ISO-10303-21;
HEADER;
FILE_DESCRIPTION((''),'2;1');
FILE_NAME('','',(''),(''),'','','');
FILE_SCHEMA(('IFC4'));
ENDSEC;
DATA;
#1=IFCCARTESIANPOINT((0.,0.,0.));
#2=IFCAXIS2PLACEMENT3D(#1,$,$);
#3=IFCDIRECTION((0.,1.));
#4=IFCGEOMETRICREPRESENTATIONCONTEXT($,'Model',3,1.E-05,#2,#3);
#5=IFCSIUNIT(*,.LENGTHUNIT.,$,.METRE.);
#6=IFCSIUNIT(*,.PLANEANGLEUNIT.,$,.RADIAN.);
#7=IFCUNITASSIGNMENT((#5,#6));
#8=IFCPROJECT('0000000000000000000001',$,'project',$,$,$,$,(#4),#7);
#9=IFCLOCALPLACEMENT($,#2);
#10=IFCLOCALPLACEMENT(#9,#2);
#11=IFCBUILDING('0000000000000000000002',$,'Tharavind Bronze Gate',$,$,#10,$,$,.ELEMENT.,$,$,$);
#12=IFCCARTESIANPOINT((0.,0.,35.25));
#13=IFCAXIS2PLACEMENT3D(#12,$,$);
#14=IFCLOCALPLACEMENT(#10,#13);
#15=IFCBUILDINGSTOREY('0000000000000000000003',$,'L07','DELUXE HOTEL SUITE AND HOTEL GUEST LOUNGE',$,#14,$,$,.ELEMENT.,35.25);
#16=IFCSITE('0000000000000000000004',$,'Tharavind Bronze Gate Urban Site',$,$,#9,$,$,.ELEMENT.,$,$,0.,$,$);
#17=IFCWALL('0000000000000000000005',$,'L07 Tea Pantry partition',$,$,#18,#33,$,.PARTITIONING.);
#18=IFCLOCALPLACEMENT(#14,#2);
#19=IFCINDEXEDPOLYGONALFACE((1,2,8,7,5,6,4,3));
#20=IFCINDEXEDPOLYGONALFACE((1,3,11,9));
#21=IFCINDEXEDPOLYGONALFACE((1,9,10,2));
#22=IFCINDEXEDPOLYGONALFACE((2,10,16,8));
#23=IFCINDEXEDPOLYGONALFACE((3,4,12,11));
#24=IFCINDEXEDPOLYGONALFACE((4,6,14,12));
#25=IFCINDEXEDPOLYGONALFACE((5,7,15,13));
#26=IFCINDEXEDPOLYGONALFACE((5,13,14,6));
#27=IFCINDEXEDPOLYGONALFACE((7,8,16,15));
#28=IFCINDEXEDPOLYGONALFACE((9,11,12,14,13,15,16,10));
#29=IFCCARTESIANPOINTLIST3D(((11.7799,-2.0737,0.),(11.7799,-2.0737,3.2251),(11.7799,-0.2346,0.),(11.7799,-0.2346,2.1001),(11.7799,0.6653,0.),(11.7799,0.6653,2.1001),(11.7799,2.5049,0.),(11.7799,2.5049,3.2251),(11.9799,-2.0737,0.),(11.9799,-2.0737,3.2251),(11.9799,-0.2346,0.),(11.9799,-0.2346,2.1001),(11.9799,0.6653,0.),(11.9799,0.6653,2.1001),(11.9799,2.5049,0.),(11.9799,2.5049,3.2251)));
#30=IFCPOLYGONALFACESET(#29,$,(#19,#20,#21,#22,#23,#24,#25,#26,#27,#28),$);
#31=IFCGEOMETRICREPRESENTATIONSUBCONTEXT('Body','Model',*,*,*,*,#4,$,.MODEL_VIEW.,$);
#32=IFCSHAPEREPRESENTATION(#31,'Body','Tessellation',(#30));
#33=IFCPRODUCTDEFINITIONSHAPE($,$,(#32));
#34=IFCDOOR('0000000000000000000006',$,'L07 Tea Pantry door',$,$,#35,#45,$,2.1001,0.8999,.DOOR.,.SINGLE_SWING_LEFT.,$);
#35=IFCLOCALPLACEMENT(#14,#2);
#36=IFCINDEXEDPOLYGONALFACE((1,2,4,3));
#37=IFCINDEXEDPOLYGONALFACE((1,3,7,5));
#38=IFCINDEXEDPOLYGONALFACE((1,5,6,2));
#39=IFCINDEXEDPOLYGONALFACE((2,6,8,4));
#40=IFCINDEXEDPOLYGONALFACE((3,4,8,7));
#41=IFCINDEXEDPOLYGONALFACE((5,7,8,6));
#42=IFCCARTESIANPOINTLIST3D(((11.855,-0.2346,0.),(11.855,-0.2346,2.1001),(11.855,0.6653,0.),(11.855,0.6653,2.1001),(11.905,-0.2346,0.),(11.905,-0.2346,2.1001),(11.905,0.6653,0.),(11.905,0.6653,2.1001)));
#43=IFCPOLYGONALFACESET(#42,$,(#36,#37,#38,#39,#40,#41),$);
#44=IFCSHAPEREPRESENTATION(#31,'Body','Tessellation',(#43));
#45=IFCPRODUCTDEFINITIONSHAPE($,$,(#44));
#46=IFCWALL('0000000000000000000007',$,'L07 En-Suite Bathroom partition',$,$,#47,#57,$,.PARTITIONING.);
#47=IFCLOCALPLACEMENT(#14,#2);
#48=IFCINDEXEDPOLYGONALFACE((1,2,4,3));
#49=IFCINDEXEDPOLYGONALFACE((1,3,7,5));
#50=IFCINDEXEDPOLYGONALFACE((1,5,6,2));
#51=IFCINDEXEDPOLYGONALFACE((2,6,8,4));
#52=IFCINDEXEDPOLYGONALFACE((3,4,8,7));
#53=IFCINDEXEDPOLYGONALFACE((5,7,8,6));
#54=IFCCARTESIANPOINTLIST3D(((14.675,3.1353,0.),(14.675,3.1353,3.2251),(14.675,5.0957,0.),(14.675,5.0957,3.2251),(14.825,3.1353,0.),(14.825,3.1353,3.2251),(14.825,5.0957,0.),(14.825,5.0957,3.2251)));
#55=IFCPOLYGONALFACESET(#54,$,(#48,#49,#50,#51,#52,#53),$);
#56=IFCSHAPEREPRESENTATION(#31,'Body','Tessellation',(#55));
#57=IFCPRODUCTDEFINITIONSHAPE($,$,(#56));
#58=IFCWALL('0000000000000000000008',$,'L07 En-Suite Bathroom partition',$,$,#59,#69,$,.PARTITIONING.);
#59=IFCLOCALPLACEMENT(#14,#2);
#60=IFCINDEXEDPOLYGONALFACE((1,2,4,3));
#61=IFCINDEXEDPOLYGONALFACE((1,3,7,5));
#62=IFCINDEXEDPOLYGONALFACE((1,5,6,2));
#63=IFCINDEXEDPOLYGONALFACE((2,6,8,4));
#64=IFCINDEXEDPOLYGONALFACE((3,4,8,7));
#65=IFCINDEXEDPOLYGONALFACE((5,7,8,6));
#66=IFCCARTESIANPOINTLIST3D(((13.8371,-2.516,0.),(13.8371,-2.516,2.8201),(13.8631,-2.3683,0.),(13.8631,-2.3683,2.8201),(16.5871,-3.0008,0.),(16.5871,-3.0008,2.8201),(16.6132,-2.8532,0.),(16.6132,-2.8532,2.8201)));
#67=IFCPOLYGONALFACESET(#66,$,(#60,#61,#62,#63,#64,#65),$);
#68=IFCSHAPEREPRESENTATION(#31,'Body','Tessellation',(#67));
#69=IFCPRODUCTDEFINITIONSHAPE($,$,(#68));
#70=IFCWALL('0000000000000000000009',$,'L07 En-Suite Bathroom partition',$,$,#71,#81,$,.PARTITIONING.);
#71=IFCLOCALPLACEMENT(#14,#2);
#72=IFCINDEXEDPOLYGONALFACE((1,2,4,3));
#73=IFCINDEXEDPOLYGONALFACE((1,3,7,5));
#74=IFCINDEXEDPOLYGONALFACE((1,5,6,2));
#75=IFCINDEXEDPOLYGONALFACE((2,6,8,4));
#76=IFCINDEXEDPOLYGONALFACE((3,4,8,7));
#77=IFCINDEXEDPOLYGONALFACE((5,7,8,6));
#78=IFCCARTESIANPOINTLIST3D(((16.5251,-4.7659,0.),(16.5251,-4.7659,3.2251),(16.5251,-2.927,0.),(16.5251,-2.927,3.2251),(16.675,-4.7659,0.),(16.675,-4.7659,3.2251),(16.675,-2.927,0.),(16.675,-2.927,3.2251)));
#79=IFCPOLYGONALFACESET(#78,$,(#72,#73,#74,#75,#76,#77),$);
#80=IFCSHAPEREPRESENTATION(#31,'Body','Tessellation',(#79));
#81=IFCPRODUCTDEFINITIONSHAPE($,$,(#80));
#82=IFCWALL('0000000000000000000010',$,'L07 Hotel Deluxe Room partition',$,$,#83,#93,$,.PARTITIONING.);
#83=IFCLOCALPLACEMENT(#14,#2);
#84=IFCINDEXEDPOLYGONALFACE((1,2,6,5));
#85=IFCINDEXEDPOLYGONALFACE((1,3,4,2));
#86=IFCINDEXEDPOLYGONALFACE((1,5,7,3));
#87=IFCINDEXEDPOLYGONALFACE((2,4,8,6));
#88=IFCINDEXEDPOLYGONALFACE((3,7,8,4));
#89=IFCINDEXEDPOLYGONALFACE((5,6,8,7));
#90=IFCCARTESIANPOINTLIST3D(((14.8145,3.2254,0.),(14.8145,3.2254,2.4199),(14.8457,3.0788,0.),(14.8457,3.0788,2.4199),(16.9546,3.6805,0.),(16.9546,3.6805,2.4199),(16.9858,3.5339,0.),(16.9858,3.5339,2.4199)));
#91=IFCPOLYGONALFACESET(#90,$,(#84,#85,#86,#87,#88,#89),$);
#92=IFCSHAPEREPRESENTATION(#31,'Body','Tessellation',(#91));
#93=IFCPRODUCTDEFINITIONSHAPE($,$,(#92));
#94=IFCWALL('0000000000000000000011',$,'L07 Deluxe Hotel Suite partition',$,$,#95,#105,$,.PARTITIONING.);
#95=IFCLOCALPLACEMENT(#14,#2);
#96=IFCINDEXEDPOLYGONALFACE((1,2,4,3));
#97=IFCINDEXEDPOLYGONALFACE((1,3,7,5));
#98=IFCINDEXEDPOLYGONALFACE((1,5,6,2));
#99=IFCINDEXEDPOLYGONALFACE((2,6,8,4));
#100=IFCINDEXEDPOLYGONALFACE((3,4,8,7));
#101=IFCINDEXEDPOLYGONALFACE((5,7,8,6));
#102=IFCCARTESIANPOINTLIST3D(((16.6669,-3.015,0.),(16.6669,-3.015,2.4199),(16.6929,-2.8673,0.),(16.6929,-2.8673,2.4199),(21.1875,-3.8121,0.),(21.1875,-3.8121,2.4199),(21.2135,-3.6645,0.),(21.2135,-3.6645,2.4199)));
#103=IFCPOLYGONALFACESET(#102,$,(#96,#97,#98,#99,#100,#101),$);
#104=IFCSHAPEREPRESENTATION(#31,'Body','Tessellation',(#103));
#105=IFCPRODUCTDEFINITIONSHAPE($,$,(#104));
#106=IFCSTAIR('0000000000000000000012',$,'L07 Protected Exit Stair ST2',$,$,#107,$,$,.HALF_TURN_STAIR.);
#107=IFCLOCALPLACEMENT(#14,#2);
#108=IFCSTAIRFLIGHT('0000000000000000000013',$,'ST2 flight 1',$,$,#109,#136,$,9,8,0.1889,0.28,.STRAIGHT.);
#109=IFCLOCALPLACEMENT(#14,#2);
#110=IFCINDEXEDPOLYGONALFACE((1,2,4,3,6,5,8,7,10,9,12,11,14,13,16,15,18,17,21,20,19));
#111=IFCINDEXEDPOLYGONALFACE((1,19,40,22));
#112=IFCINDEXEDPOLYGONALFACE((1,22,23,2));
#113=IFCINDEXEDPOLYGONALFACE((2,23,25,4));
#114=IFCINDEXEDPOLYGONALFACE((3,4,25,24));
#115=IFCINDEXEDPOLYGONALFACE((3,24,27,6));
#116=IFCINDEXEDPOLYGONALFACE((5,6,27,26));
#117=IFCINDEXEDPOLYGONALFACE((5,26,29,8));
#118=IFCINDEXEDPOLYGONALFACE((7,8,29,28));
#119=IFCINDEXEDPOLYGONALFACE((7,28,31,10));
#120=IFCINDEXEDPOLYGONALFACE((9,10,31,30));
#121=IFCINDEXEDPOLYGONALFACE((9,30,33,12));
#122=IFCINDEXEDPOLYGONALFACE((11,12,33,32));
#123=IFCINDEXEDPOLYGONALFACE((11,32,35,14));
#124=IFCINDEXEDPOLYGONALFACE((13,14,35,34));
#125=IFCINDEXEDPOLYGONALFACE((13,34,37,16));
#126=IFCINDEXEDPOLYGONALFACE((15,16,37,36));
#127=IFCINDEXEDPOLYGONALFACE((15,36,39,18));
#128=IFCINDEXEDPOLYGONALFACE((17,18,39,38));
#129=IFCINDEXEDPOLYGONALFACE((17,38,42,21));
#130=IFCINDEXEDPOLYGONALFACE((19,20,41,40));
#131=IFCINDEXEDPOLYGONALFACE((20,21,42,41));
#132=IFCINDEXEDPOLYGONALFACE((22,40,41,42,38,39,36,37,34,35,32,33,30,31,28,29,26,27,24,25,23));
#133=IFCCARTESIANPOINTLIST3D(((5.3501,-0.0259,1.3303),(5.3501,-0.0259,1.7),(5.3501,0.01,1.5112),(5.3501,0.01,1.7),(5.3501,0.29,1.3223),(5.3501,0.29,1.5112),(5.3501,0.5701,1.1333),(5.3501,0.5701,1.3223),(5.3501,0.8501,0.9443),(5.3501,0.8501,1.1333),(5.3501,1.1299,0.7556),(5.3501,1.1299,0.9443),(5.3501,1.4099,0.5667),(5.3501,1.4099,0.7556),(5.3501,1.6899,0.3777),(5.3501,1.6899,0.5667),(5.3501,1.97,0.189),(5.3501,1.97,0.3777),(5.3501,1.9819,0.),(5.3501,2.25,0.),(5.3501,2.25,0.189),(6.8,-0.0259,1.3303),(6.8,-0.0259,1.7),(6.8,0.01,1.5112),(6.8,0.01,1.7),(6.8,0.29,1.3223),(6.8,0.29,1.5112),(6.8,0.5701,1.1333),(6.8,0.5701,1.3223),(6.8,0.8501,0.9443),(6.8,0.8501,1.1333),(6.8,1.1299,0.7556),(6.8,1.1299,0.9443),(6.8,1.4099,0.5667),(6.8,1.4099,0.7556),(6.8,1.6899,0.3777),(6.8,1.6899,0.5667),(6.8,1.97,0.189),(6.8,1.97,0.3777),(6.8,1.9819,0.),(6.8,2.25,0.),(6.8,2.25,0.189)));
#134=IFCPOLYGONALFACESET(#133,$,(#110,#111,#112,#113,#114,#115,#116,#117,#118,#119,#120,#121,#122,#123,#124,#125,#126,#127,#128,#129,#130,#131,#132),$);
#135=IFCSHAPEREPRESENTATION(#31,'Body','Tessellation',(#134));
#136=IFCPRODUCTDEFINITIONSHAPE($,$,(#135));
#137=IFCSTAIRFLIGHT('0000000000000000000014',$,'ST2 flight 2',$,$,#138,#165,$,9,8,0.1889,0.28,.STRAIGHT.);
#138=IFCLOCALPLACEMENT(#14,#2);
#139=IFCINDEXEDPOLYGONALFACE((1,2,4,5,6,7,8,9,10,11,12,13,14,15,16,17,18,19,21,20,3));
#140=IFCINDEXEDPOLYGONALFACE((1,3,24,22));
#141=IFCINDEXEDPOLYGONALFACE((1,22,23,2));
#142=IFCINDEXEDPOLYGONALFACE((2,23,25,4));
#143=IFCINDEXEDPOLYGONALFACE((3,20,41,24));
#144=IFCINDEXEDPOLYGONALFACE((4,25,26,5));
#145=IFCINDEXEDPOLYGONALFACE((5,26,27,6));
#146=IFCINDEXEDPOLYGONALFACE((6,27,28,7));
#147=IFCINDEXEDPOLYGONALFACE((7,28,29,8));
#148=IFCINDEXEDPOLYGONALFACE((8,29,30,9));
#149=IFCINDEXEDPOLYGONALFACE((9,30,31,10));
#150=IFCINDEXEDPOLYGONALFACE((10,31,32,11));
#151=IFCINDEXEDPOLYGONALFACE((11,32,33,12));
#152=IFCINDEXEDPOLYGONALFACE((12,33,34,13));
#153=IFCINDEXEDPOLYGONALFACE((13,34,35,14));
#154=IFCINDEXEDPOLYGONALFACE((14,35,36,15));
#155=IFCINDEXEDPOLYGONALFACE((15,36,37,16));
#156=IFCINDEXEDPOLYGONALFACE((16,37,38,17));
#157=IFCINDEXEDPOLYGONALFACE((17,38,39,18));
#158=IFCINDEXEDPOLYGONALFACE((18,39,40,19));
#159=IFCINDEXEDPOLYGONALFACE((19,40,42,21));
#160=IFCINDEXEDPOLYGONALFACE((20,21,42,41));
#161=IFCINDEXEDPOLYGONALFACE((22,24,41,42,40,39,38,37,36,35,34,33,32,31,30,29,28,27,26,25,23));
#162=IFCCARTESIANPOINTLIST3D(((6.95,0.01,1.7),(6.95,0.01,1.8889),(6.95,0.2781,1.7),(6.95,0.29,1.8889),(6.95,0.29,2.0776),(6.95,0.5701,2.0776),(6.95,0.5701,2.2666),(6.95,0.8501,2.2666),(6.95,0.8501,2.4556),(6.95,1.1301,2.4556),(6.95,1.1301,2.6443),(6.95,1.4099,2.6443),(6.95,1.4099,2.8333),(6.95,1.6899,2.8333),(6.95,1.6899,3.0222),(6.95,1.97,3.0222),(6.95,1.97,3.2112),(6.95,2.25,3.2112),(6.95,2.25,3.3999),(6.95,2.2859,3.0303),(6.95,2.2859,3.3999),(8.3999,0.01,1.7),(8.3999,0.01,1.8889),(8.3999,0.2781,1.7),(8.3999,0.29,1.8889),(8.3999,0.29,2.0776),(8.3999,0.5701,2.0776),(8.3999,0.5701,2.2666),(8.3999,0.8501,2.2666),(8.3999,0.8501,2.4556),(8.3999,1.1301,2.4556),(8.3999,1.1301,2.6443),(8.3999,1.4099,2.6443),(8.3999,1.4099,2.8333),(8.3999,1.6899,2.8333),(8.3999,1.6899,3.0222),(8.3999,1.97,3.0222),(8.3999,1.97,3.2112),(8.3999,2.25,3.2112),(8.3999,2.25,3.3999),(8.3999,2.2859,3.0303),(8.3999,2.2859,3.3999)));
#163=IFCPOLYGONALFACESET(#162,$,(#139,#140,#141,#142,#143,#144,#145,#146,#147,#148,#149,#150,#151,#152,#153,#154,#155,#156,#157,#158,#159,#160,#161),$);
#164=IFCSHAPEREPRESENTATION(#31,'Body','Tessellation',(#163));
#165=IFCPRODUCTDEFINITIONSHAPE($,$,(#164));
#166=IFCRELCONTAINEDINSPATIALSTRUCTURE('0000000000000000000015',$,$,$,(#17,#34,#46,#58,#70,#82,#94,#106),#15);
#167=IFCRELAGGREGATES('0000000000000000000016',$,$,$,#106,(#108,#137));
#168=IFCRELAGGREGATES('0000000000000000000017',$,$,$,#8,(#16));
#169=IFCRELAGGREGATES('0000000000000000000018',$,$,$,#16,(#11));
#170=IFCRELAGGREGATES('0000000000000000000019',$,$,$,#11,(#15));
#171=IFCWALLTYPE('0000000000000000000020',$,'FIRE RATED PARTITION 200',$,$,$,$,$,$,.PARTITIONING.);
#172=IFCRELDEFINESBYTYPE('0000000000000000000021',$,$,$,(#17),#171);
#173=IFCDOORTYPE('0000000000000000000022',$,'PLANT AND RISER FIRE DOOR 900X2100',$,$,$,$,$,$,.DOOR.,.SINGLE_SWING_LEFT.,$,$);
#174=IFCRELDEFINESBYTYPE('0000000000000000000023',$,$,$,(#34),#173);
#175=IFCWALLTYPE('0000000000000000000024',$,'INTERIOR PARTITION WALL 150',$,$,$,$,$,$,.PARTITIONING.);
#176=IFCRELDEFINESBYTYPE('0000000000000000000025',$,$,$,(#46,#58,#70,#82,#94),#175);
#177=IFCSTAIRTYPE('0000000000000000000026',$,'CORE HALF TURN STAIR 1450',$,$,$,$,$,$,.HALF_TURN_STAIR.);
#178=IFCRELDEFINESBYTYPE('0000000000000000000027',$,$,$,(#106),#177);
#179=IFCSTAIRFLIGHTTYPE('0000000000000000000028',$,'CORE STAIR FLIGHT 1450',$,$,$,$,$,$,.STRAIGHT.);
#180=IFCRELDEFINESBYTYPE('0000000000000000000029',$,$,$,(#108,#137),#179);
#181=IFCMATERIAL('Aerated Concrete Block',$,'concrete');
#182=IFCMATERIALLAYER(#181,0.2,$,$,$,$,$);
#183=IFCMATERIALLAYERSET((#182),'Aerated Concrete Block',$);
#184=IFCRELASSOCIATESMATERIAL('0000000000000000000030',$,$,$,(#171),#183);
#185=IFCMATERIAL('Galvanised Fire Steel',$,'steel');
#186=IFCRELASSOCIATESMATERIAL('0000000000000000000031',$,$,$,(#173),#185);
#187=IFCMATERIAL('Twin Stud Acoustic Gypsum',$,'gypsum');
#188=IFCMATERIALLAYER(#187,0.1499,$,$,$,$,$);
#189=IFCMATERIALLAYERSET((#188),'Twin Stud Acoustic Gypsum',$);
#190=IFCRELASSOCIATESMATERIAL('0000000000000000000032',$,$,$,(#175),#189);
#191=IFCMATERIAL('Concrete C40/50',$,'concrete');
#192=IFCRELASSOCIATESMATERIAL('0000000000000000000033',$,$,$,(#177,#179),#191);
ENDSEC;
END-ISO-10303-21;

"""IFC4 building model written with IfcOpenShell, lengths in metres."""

from ifc_helpers import new_model, si_unit, direction, frame, frame_2d, origin, place, context, subcontext, project, spatial, polyline, rectangle, outline, extrude, material, layer, layer_set, type_object, element, fill, aggregate, save


model = new_model("IFC4")

# Units and contexts
model_context = context("Model", 3, precision=1e-05, world=origin(), true_north=direction((0.0, 1.0)))
body_context = subcontext(model_context, "Body", "Model", "MODEL_VIEW")
ifc_project = project(units=[si_unit("LENGTHUNIT", "METRE"), si_unit("PLANEANGLEUNIT", "RADIAN")], contexts=[model_context])

# Site, building, storey
site_placement = place(None, origin())
site = spatial("IfcSite", under=ifc_project, at=site_placement, Name="Tharavind Bronze Gate Urban Site", CompositionType="ELEMENT", RefElevation=0.0)
building_placement = place(site_placement, origin())
building = spatial("IfcBuilding", under=site, at=building_placement, Name="Tharavind Bronze Gate", CompositionType="ELEMENT")
storey_placement = place(building_placement, frame((0.0, 0.0, 35.25)))
storey = spatial("IfcBuildingStorey", under=building, at=storey_placement, Name="L07", Description="DELUXE HOTEL SUITE AND HOTEL GUEST LOUNGE", CompositionType="ELEMENT", Elevation=35.25)

# Shared definitions
ifc_material_1 = material(Name="Aerated Concrete Block", Category="concrete")
ifc_layer_1 = layer(ifc_material_1, 0.2)
ifc_layer_set_1 = layer_set([ifc_layer_1], Name="Aerated Concrete Block")
wall_type_1 = type_object("IfcWallType", Name="FIRE RATED PARTITION 200", PredefinedType="PARTITIONING", material=ifc_layer_set_1)

# Wall, opening, door
wall_1_placement = place(storey_placement, frame((11.8799, -2.0737, 0.0), z_axis=(0.0, 0.0, 1.0), x_axis=(0.0, 1.0, 0.0)))
wall_1 = element("IfcWall", 1, at=wall_1_placement, inside=storey, type_object=wall_type_1, Name="L07 Tea Pantry partition", PredefinedType="PARTITIONING", context=body_context, shape_type="SweptSolid", body=[
    extrude(rectangle(XDim=4.5786, YDim=0.2, at=frame_2d((2.2893, 0.0))), origin(), (0.0, 0.0, 1.0), 3.2251),
])
opening_1_placement = place(wall_1_placement, frame((1.8391, 0.0, 0.0)))
opening_1 = element("IfcOpeningElement", 2, at=opening_1_placement, cuts=wall_1, PredefinedType="OPENING", context=body_context, shape_type="SweptSolid", body=[
    extrude(rectangle(XDim=0.8999, YDim=2.1001, at=frame_2d((0.45, 1.05))), frame((0.0, 0.1101, 0.0), z_axis=(0.0, -1.0, 0.0), x_axis=(1.0, 0.0, 0.0)), (0.0, 0.0, 1.0), 0.22),
])
ifc_material_2 = material(Name="Galvanised Fire Steel", Category="steel")
door_type_1 = type_object("IfcDoorType", Name="PLANT AND RISER FIRE DOOR 900X2100", OperationType="SINGLE_SWING_LEFT", PredefinedType="DOOR", material=ifc_material_2)
door_1_placement = place(opening_1_placement, origin())
door_1 = element("IfcDoor", 3, at=door_1_placement, inside=storey, type_object=door_type_1, Name="L07 Tea Pantry door", OperationType="SINGLE_SWING_LEFT", OverallHeight=2.1001, OverallWidth=0.8999, PredefinedType="DOOR", context=body_context, shape_type="SweptSolid", body=[
    extrude(rectangle(XDim=0.8999, YDim=2.1001, at=frame_2d((0.45, 1.05))), frame((0.0, 0.0249, 0.0), z_axis=(0.0, -1.0, 0.0), x_axis=(1.0, 0.0, 0.0)), (0.0, 0.0, 1.0), 0.05),
])
fill(opening_1, door_1)

# Walls
ifc_material_3 = material(Name="Twin Stud Acoustic Gypsum", Category="gypsum")
ifc_layer_2 = layer(ifc_material_3, 0.1499)
ifc_layer_set_2 = layer_set([ifc_layer_2], Name="Twin Stud Acoustic Gypsum")
wall_type_2 = type_object("IfcWallType", Name="INTERIOR PARTITION WALL 150", PredefinedType="PARTITIONING", material=ifc_layer_set_2)
wall_2_placement = place(storey_placement, frame((14.75, 5.0957, 0.0), z_axis=(0.0, 0.0, 1.0), x_axis=(0.0, -1.0, 0.0)))
element("IfcWall", 4, at=wall_2_placement, inside=storey, type_object=wall_type_2, Name="L07 En-Suite Bathroom partition", PredefinedType="PARTITIONING", context=body_context, shape_type="SweptSolid", body=[
    extrude(rectangle(XDim=1.9604, YDim=0.1499, at=frame_2d((0.9802, 0.0))), origin(), (0.0, 0.0, 1.0), 3.2251),
])
wall_3_placement = place(storey_placement, frame((13.8501, -2.4421, 0.0), z_axis=(0.0, 0.0, 1.0), x_axis=(0.98481, -0.173636, 0.0)))
element("IfcWall", 5, at=wall_3_placement, inside=storey, type_object=wall_type_2, Name="L07 En-Suite Bathroom partition", PredefinedType="PARTITIONING", context=body_context, shape_type="SweptSolid", body=[
    extrude(rectangle(XDim=2.7925, YDim=0.1499, at=frame_2d((1.3962, 0.0))), origin(), (0.0, 0.0, 1.0), 2.8201),
])
wall_4_placement = place(storey_placement, frame((16.6001, -2.927, 0.0), z_axis=(0.0, 0.0, 1.0), x_axis=(0.0, -1.0, 0.0)))
element("IfcWall", 6, at=wall_4_placement, inside=storey, type_object=wall_type_2, Name="L07 En-Suite Bathroom partition", PredefinedType="PARTITIONING", context=body_context, shape_type="SweptSolid", body=[
    extrude(rectangle(XDim=1.8389, YDim=0.1499, at=frame_2d((0.9194, 0.0))), origin(), (0.0, 0.0, 1.0), 3.2251),
])
wall_5_placement = place(storey_placement, frame((16.9702, 3.6072, 0.0), z_axis=(0.0, 0.0, 1.0), x_axis=(-0.978131, -0.20799, 0.0)))
element("IfcWall", 7, at=wall_5_placement, inside=storey, type_object=wall_type_2, Name="L07 Hotel Deluxe Room partition", PredefinedType="PARTITIONING", context=body_context, shape_type="SweptSolid", body=[
    extrude(rectangle(XDim=2.188, YDim=0.1499, at=frame_2d((1.094, 0.0))), origin(), (0.0, 0.0, 1.0), 2.4199),
])
wall_6_placement = place(storey_placement, frame((16.6799, -2.9412, 0.0), z_axis=(0.0, 0.0, 1.0), x_axis=(0.984807, -0.173655, 0.0)))
element("IfcWall", 8, at=wall_6_placement, inside=storey, type_object=wall_type_2, Name="L07 Deluxe Hotel Suite partition", PredefinedType="PARTITIONING", context=body_context, shape_type="SweptSolid", body=[
    extrude(rectangle(XDim=4.5903, YDim=0.1499, at=frame_2d((2.2952, 0.0))), origin(), (0.0, 0.0, 1.0), 2.4199),
])

# Stair, stair flights
ifc_material_4 = material(Name="Concrete C40/50", Category="concrete")
stair_type = type_object("IfcStairType", Name="CORE HALF TURN STAIR 1450", PredefinedType="HALF_TURN_STAIR", material=ifc_material_4)
stair_placement = place(storey_placement, origin())
stair = element("IfcStair", 9, at=stair_placement, inside=storey, type_object=stair_type, Name="L07 Protected Exit Stair ST2", PredefinedType="HALF_TURN_STAIR")
stair_flight_type = type_object("IfcStairFlightType", Name="CORE STAIR FLIGHT 1450", PredefinedType="STRAIGHT", material=ifc_material_4)
stair_flight_1_placement = place(storey_placement, frame((6.075, 2.25, 0.0), z_axis=(0.0, 0.0, 1.0), x_axis=(0.0, -1.0, 0.0)))
stair_flight_1 = element("IfcStairFlight", 10, at=stair_flight_1_placement, type_object=stair_flight_type, Name="ST2 flight 1", NumberOfRisers=9, NumberOfTreads=8, PredefinedType="STRAIGHT", RiserHeight=0.1889, TreadLength=0.28, context=body_context, shape_type="SweptSolid", body=[
    extrude(outline(polyline([(0.0, 0.0), (0.0, 0.189), (0.28, 0.189), (0.28, 0.3777), (0.5601, 0.3777), (0.5601, 0.5667), (0.8401, 0.5667), (0.8401, 0.7556), (1.1201, 0.7556), (1.1201, 0.9443), (1.3999, 0.9443), (1.3999, 1.1333), (1.6799, 1.1333), (1.6799, 1.3223), (1.96, 1.3223), (1.96, 1.5112), (2.24, 1.5112), (2.24, 1.7), (2.2759, 1.7), (2.2759, 1.3303), (0.2681, 0.0), (0.0, 0.0)])), frame((0.0, 0.7251, 0.0), z_axis=(0.0, -1.0, 0.0), x_axis=(1.0, 0.0, 0.0)), (0.0, 0.0, 1.0), 1.45),
])
stair_flight_2_placement = place(storey_placement, frame((7.675, 0.01, 1.7), z_axis=(0.0, 0.0, 1.0), x_axis=(0.0, 1.0, 0.0)))
stair_flight_2 = element("IfcStairFlight", 11, at=stair_flight_2_placement, type_object=stair_flight_type, Name="ST2 flight 2", NumberOfRisers=9, NumberOfTreads=8, PredefinedType="STRAIGHT", RiserHeight=0.1889, TreadLength=0.28, context=body_context, shape_type="SweptSolid", body=[
    extrude(outline(polyline([(0.0, 0.0), (0.0, 0.189), (0.28, 0.189), (0.28, 0.3777), (0.5601, 0.3777), (0.5601, 0.5667), (0.8401, 0.5667), (0.8401, 0.7556), (1.1201, 0.7556), (1.1201, 0.9443), (1.3999, 0.9443), (1.3999, 1.1333), (1.6799, 1.1333), (1.6799, 1.3223), (1.96, 1.3223), (1.96, 1.5112), (2.24, 1.5112), (2.24, 1.7), (2.2759, 1.7), (2.2759, 1.3303), (0.2681, 0.0), (0.0, 0.0)])), frame((0.0, 0.7251, 0.0), z_axis=(0.0, -1.0, 0.0), x_axis=(1.0, 0.0, 0.0)), (0.0, 0.0, 1.0), 1.45),
])
aggregate(stair, [stair_flight_1, stair_flight_2])

save(model, "model.ifc")
